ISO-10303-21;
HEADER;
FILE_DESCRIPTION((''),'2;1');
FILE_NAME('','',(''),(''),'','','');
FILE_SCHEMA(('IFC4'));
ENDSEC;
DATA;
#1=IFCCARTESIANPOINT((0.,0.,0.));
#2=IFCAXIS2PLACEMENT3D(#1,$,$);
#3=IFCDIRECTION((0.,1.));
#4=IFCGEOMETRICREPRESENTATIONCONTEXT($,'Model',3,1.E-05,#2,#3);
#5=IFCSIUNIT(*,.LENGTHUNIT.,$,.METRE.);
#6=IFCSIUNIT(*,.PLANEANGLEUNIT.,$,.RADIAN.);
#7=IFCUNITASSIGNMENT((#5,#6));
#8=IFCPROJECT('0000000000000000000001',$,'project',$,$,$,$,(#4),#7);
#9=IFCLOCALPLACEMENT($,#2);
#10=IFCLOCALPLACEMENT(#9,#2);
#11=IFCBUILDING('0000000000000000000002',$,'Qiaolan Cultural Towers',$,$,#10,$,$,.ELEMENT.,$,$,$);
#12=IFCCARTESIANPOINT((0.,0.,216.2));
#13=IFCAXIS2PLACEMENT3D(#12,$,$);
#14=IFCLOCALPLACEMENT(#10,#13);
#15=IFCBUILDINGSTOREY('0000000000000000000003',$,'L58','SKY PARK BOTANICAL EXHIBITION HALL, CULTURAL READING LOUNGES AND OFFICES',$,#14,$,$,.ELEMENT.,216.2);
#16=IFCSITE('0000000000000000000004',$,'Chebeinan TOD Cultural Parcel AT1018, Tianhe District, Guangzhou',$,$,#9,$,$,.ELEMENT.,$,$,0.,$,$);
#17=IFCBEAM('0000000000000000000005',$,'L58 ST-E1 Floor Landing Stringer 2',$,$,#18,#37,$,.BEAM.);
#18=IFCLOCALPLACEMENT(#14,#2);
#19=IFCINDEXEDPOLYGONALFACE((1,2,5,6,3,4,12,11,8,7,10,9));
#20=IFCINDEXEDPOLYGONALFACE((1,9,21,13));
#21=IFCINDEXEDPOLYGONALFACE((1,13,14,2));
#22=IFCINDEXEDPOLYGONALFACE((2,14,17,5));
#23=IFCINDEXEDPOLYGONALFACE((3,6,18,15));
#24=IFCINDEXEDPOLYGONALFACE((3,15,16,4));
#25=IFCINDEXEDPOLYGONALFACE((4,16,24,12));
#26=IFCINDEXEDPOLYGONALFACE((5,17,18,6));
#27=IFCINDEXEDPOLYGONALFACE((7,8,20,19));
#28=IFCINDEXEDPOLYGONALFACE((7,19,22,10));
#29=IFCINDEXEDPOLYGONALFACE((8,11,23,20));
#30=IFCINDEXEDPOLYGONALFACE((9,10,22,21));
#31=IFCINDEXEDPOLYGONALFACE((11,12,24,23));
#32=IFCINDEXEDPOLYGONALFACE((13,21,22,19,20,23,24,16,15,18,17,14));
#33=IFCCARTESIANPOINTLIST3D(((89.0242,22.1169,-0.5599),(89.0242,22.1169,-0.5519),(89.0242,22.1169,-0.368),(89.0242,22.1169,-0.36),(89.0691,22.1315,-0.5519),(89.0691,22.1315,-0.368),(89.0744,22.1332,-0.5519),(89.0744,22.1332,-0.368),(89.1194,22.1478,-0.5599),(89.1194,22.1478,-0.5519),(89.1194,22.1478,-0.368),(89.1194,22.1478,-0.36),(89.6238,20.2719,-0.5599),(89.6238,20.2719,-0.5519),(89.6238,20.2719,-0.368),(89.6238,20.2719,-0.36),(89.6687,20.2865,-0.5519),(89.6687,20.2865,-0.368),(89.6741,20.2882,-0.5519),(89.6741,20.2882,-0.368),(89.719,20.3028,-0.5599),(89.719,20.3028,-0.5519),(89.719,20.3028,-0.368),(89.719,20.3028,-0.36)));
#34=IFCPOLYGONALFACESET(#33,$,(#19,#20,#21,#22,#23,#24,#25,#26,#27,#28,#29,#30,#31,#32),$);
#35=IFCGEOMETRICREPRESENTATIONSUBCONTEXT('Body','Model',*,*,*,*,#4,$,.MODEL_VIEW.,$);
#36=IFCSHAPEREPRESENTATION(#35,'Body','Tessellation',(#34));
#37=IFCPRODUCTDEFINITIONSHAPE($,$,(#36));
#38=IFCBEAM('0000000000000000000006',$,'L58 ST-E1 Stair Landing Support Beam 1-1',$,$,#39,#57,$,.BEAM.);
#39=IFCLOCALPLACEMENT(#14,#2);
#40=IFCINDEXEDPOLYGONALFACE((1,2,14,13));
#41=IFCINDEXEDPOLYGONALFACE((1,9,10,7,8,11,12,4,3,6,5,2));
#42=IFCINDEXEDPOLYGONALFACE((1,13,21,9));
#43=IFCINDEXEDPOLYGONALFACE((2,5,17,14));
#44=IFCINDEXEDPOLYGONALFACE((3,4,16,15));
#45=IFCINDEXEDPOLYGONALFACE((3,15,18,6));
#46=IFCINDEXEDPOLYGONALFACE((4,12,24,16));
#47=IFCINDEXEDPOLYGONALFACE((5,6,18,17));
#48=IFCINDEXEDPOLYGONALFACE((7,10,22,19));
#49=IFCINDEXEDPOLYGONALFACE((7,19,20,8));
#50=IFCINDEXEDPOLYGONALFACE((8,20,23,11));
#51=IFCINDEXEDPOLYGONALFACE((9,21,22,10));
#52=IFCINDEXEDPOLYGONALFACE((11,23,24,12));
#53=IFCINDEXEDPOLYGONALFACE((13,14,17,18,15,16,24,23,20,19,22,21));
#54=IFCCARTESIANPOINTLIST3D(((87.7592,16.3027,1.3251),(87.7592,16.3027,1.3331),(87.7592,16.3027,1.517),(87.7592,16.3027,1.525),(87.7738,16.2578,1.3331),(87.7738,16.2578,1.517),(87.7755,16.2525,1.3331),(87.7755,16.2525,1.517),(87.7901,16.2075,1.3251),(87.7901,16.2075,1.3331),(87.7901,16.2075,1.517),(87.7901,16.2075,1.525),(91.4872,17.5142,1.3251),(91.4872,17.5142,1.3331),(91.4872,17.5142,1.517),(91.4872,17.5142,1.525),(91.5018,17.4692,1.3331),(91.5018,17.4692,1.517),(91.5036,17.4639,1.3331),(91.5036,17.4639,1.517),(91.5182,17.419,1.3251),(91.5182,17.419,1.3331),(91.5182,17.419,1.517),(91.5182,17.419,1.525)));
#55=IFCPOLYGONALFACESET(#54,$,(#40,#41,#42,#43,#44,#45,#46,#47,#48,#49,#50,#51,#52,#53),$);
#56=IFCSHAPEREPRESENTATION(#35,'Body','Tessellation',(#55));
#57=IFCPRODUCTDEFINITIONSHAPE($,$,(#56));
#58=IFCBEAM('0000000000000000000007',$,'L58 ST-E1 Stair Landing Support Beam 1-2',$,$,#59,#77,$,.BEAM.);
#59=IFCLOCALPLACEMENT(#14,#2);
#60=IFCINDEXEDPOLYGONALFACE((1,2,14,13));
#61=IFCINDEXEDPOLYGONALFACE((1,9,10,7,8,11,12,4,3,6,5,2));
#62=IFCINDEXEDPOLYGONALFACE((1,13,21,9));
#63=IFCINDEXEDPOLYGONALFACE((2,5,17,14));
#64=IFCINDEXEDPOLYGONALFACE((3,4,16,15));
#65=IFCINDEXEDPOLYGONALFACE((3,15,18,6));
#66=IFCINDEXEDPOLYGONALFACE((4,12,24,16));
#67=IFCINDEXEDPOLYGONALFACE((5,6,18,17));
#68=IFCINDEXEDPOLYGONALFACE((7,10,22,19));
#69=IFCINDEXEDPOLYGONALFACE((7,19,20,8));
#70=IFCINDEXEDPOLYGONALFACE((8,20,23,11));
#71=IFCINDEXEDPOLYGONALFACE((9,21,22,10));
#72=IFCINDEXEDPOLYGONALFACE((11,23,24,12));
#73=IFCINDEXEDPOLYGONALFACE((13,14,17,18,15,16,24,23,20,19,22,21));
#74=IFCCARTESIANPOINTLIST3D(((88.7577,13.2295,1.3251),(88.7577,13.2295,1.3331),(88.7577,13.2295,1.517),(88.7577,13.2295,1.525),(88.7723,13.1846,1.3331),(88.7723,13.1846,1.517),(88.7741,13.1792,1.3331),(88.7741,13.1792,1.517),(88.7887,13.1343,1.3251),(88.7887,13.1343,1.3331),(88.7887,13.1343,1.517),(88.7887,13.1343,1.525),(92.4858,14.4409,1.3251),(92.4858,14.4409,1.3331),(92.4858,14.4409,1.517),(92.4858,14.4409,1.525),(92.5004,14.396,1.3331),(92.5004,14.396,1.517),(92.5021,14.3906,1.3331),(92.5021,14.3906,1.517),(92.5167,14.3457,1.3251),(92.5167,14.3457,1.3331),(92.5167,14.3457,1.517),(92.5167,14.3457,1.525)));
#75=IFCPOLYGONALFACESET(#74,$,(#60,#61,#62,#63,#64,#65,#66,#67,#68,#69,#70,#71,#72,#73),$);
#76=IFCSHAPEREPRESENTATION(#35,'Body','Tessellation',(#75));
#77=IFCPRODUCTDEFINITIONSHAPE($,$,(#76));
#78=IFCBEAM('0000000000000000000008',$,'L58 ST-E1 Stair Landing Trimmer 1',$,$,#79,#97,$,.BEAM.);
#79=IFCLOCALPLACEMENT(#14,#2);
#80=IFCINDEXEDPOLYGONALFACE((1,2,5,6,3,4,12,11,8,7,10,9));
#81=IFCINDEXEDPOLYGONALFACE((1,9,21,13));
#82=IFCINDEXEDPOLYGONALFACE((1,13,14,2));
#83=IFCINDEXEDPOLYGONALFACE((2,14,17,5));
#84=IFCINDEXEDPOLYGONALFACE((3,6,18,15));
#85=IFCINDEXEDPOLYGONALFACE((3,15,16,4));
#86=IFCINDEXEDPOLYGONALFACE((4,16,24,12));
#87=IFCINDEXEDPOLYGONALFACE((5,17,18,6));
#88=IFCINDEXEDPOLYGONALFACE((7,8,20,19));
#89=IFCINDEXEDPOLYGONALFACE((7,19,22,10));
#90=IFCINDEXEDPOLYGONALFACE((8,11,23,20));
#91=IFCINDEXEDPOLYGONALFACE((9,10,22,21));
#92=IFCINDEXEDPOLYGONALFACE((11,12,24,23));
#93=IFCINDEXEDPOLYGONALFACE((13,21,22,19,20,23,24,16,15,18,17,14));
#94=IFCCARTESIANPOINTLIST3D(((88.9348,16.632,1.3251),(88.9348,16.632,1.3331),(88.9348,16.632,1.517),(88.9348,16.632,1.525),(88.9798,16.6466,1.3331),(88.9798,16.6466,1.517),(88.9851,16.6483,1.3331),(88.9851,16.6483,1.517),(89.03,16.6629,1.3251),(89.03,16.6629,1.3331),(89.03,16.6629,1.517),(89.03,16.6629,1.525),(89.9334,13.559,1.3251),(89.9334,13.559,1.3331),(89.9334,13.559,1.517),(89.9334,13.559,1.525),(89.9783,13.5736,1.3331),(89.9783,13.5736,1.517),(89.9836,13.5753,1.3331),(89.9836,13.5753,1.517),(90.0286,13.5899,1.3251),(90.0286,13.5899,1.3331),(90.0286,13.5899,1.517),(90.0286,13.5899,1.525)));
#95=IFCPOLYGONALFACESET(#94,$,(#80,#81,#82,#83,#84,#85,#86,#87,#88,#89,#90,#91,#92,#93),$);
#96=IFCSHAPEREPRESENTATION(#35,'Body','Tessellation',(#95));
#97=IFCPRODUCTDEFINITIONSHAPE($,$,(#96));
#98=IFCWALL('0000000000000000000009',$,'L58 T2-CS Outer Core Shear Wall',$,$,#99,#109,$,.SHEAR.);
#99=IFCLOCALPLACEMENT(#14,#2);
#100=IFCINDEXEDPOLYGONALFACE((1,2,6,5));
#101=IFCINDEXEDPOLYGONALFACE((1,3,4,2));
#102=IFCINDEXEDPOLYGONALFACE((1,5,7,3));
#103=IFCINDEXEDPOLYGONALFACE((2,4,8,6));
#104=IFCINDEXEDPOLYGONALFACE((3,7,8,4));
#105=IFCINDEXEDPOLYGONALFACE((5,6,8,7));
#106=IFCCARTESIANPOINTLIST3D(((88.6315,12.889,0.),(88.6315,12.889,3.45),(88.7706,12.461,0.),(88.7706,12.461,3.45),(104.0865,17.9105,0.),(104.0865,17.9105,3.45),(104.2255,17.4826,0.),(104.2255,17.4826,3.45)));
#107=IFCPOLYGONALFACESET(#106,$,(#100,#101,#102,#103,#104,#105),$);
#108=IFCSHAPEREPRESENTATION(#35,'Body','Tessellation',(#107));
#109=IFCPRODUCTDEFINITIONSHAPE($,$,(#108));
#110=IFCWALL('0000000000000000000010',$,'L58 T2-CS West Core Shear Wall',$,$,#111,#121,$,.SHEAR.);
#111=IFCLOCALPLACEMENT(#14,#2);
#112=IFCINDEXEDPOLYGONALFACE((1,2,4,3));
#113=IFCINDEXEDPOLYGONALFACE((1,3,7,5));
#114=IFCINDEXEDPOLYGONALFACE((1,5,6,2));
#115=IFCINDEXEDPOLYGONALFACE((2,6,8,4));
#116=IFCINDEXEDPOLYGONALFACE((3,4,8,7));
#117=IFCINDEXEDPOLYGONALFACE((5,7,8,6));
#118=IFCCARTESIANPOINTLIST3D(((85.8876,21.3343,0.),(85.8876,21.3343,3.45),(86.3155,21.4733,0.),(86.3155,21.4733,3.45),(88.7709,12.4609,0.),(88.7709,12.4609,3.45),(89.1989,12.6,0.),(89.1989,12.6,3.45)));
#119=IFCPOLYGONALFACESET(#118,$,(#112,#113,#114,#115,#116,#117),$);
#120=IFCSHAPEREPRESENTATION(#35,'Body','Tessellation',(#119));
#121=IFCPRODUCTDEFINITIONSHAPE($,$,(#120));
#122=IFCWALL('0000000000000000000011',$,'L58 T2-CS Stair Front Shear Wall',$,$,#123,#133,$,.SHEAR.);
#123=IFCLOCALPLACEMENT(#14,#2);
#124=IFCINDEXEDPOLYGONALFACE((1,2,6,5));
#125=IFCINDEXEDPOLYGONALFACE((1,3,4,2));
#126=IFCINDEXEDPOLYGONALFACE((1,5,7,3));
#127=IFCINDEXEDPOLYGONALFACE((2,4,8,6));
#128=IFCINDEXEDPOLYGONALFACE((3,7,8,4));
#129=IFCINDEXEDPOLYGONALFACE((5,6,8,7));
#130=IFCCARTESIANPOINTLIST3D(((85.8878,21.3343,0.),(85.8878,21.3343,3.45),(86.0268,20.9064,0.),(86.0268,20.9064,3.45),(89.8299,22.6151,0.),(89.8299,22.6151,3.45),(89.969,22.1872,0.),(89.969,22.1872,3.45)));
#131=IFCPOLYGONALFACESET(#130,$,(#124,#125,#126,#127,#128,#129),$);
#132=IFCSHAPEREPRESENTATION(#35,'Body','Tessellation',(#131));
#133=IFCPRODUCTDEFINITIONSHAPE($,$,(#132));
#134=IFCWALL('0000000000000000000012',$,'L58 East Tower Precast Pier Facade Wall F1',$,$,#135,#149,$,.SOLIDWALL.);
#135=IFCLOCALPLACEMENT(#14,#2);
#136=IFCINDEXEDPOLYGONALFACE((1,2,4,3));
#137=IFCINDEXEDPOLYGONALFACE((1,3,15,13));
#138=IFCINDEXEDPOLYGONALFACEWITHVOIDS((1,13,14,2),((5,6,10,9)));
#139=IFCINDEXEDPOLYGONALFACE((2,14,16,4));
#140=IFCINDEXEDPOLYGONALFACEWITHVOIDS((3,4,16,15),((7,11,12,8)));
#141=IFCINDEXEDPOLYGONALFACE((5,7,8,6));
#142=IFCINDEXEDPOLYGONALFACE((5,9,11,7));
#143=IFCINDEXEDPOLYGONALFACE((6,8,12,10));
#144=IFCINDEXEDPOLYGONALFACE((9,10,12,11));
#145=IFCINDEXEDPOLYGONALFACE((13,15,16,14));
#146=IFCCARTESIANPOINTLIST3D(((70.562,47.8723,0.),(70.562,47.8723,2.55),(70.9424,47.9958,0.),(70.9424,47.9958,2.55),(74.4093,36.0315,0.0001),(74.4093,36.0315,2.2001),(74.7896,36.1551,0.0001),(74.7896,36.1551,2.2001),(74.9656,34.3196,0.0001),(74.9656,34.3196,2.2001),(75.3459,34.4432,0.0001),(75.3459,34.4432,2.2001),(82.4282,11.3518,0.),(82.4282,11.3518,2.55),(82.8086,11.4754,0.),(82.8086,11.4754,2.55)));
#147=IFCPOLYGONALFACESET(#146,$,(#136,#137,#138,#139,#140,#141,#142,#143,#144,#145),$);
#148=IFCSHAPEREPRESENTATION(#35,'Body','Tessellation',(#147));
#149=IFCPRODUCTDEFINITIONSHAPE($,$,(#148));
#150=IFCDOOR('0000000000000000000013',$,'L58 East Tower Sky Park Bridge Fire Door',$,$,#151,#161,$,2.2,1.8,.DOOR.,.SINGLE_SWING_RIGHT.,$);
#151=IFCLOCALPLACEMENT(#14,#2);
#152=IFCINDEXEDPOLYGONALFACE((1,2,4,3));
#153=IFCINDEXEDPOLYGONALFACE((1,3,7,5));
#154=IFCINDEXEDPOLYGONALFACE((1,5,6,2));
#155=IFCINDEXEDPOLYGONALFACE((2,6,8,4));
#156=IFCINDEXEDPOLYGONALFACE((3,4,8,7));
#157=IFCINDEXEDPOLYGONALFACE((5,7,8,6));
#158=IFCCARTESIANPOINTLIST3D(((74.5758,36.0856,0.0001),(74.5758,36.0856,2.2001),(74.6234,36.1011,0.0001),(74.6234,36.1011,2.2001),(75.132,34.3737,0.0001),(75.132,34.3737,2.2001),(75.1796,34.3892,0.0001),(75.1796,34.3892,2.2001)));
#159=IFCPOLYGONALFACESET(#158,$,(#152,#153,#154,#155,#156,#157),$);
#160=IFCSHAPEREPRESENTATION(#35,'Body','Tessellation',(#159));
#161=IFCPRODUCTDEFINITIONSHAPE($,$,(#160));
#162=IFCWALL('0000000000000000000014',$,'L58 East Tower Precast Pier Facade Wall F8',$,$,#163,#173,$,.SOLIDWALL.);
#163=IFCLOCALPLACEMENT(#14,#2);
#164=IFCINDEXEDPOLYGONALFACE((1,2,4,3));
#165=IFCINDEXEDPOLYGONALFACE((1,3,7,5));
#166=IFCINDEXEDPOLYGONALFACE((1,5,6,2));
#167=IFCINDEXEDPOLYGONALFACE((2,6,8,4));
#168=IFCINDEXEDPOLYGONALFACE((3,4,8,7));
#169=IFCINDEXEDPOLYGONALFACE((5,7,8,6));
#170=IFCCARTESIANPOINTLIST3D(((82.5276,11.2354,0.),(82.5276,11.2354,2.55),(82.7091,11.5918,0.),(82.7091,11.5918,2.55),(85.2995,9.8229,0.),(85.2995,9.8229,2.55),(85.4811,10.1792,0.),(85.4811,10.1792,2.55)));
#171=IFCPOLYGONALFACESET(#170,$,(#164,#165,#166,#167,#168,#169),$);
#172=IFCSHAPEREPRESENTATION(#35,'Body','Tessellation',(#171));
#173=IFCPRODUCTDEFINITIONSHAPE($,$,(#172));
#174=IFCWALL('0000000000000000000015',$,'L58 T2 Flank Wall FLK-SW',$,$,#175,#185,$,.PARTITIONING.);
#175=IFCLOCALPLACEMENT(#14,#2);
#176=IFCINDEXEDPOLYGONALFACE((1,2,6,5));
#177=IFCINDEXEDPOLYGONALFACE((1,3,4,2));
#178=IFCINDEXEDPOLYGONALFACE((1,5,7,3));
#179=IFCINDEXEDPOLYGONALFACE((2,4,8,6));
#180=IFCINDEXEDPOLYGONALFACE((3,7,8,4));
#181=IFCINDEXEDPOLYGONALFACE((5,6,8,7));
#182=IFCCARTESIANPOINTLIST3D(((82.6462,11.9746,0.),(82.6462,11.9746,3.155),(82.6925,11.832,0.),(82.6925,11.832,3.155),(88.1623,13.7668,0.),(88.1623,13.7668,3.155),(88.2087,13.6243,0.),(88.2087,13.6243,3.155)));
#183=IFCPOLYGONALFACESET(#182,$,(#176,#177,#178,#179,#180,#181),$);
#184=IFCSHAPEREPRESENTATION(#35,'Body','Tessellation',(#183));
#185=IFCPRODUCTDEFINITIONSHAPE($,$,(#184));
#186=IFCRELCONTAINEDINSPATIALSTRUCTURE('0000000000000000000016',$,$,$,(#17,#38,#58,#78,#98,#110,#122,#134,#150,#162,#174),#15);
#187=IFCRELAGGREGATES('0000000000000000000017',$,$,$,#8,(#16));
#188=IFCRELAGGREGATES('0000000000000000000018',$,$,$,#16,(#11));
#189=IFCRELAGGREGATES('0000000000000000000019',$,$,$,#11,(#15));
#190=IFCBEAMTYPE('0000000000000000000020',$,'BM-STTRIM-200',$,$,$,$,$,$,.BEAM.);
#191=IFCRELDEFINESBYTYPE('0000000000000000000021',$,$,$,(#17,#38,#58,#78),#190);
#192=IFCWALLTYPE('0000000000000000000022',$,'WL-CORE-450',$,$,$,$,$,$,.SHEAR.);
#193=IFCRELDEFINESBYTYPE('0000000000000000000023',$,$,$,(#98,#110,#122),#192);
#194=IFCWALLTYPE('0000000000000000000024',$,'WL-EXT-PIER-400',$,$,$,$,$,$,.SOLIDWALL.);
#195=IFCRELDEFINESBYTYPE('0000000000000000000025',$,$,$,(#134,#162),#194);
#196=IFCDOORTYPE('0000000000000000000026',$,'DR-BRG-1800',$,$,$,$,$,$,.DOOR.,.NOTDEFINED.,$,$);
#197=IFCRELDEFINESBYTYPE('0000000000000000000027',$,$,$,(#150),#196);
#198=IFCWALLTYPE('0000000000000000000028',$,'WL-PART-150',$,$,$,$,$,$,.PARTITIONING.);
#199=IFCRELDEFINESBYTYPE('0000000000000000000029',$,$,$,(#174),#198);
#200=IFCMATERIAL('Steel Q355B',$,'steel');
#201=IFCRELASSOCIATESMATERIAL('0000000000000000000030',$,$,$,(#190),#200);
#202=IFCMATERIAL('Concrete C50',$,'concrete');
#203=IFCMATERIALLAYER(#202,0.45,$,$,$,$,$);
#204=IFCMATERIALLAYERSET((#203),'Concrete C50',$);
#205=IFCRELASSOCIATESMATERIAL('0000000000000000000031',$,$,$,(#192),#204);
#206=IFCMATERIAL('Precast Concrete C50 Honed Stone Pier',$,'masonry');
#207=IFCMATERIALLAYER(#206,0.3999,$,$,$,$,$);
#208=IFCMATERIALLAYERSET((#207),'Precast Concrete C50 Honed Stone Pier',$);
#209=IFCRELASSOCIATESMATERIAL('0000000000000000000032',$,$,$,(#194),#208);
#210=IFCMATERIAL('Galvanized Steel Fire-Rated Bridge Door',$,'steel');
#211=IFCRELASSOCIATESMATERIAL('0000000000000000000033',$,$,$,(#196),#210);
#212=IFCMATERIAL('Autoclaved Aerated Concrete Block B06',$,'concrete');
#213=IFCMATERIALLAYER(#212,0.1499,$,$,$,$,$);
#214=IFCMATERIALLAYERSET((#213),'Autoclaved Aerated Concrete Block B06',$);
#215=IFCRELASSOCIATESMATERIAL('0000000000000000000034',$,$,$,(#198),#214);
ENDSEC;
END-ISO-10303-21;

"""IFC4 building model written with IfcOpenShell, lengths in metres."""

from ifc_helpers import new_model, si_unit, direction, frame, frame_2d, origin, origin_2d, place, context, subcontext, project, spatial, rectangle, i_section, extrude, material, layer, layer_set, material_profile, profile_set, type_object, element, fill, save


model = new_model("IFC4")

# Units and contexts
model_context = context("Model", 3, precision=1e-05, world=origin(), true_north=direction((0.0, 1.0)))
body_context = subcontext(model_context, "Body", "Model", "MODEL_VIEW")
ifc_project = project(units=[si_unit("LENGTHUNIT", "METRE"), si_unit("PLANEANGLEUNIT", "RADIAN")], contexts=[model_context])

# Site, building, storey
site_placement = place(None, origin())
site = spatial("IfcSite", under=ifc_project, at=site_placement, Name="Chebeinan TOD Cultural Parcel AT1018, Tianhe District, Guangzhou", CompositionType="ELEMENT", RefElevation=0.0)
building_placement = place(site_placement, origin())
building = spatial("IfcBuilding", under=site, at=building_placement, Name="Qiaolan Cultural Towers", CompositionType="ELEMENT")
storey_placement = place(building_placement, frame((0.0, 0.0, 216.2)))
storey = spatial("IfcBuildingStorey", under=building, at=storey_placement, Name="L58", Description="SKY PARK BOTANICAL EXHIBITION HALL, CULTURAL READING LOUNGES AND OFFICES", CompositionType="ELEMENT", Elevation=216.2)

# Beams
ifc_material_1 = material(Name="Steel Q355B", Category="steel")
ifc_material_profile_1 = material_profile(ifc_material_1, i_section(OverallWidth=0.1001, OverallDepth=0.2, WebThickness=0.0056, FlangeThickness=0.0081, at=origin_2d()), Name="HN200x100x5.5x8")
ifc_profile_set_1 = profile_set([ifc_material_profile_1], Name="Steel Q355B")
beam_type_1 = type_object("IfcBeamType", Name="BM-STTRIM-200", PredefinedType="BEAM", material=ifc_profile_set_1)
for number, where, z_axis, x_axis, name in (
    (1, (89.0718, 22.1323, -0.46), (0.309083, -0.951035, 0.0), (0.951035, 0.309083, 0.0), "L58 ST-E1 Floor Landing Stringer 2"),
):
    element("IfcBeam", number, at=place(storey_placement, frame(where, z_axis=z_axis, x_axis=x_axis)), inside=storey, type_object=beam_type_1, Name=name, PredefinedType="BEAM", context=body_context, shape_type="SweptSolid", body=[
        extrude(i_section(OverallWidth=0.1001, OverallDepth=0.2, WebThickness=0.0056, FlangeThickness=0.0081, at=origin_2d()), origin(), (0.0, 0.0, 1.0), 1.9399),
    ])
for number, where, z_axis, x_axis, name in (
    (2, (87.7747, 16.2551, 1.425), (0.951048, 0.309044, 0.0), (-0.309044, 0.951048, 0.0), "L58 ST-E1 Stair Landing Support Beam 1-1"),
    (3, (88.7732, 13.1819, 1.425), (0.951048, 0.309044, 0.0), (-0.309044, 0.951048, 0.0), "L58 ST-E1 Stair Landing Support Beam 1-2"),
):
    element("IfcBeam", number, at=place(storey_placement, frame(where, z_axis=z_axis, x_axis=x_axis)), inside=storey, type_object=beam_type_1, Name=name, PredefinedType="BEAM", context=body_context, shape_type="SweptSolid", body=[
        extrude(i_section(OverallWidth=0.1001, OverallDepth=0.2, WebThickness=0.0056, FlangeThickness=0.0081, at=origin_2d()), origin(), (0.0, 0.0, 1.0), 3.9199),
    ])
beam_1_placement = place(storey_placement, frame((88.9824, 16.6475, 1.425), z_axis=(0.309033, -0.951051, 0.0), x_axis=(0.951051, 0.309033, 0.0)))
element("IfcBeam", 4, at=beam_1_placement, inside=storey, type_object=beam_type_1, Name="L58 ST-E1 Stair Landing Trimmer 1", PredefinedType="BEAM", context=body_context, shape_type="SweptSolid", body=[
    extrude(i_section(OverallWidth=0.1001, OverallDepth=0.2, WebThickness=0.0056, FlangeThickness=0.0081, at=origin_2d()), origin(), (0.0, 0.0, 1.0), 3.2312),
])

# Walls
ifc_material_2 = material(Name="Concrete C50", Category="concrete")
ifc_layer_1 = layer(ifc_material_2, 0.45)
ifc_layer_set_1 = layer_set([ifc_layer_1], Name="Concrete C50")
wall_type_1 = type_object("IfcWallType", Name="WL-CORE-450", PredefinedType="SHEAR", material=ifc_layer_set_1)
wall_1_placement = place(storey_placement, frame((88.7012, 12.675, 0.0), z_axis=(0.0, 0.0, 1.0), x_axis=(0.951058, 0.309012, 0.0)))
element("IfcWall", 5, at=wall_1_placement, inside=storey, type_object=wall_type_1, Name="L58 T2-CS Outer Core Shear Wall", PredefinedType="SHEAR", context=body_context, shape_type="SweptSolid", body=[
    extrude(rectangle(XDim=16.2502, YDim=0.45, at=frame_2d((8.125, 0.0))), origin(), (0.0, 0.0, 1.0), 3.45),
])
wall_2_placement = place(storey_placement, frame((86.1016, 21.4038, 0.0), z_axis=(0.0, 0.0, 1.0), x_axis=(0.309036, -0.95105, 0.0)))
element("IfcWall", 6, at=wall_2_placement, inside=storey, type_object=wall_type_1, Name="L58 T2-CS West Core Shear Wall", PredefinedType="SHEAR", context=body_context, shape_type="SweptSolid", body=[
    extrude(rectangle(XDim=9.3301, YDim=0.45, at=frame_2d((4.665, 0.0))), origin(), (0.0, 0.0, 1.0), 3.45),
])
wall_3_placement = place(storey_placement, frame((85.9573, 21.1204, 0.0), z_axis=(0.0, 0.0, 1.0), x_axis=(0.951065, 0.308992, 0.0)))
element("IfcWall", 7, at=wall_3_placement, inside=storey, type_object=wall_type_1, Name="L58 T2-CS Stair Front Shear Wall", PredefinedType="SHEAR", context=body_context, shape_type="SweptSolid", body=[
    extrude(rectangle(XDim=4.145, YDim=0.45, at=frame_2d((2.0725, 0.0))), origin(), (0.0, 0.0, 1.0), 3.45),
])

# Wall, opening, door
ifc_material_3 = material(Name="Precast Concrete C50 Honed Stone Pier", Category="masonry")
ifc_layer_2 = layer(ifc_material_3, 0.3999)
ifc_layer_set_2 = layer_set([ifc_layer_2], Name="Precast Concrete C50 Honed Stone Pier")
wall_type_2 = type_object("IfcWallType", Name="WL-EXT-PIER-400", PredefinedType="SOLIDWALL", material=ifc_layer_set_2)
wall_4_placement = place(storey_placement, frame((82.6184, 11.4136, 0.0), z_axis=(0.0, 0.0, 1.0), x_axis=(-0.309016, 0.951057, 0.0)))
wall_4 = element("IfcWall", 8, at=wall_4_placement, inside=storey, type_object=wall_type_2, Name="L58 East Tower Precast Pier Facade Wall F1", PredefinedType="SOLIDWALL", context=body_context, shape_type="SweptSolid", body=[
    extrude(rectangle(XDim=38.3999, YDim=0.3999, at=frame_2d((19.2, 0.0))), origin(), (0.0, 0.0, 1.0), 2.55),
])
opening_placement = place(wall_4_placement, frame((24.1499, 0.0, 0.0)))
opening = element("IfcOpeningElement", 9, at=opening_placement, cuts=wall_4, PredefinedType="OPENING", context=body_context, shape_type="SweptSolid", body=[
    extrude(rectangle(XDim=1.8, YDim=2.2, at=frame_2d((0.8999, 1.1001))), frame((0.0, 0.21, 0.0), z_axis=(0.0, -1.0, 0.0), x_axis=(1.0, 0.0, 0.0)), (0.0, 0.0, 1.0), 0.4199),
])
ifc_material_4 = material(Name="Galvanized Steel Fire-Rated Bridge Door", Category="steel")
door_type = type_object("IfcDoorType", Name="DR-BRG-1800", OperationType="NOTDEFINED", PredefinedType="DOOR", material=ifc_material_4)
door_placement = place(opening_placement, origin())
door = element("IfcDoor", 10, at=door_placement, inside=storey, type_object=door_type, Name="L58 East Tower Sky Park Bridge Fire Door", OperationType="SINGLE_SWING_RIGHT", OverallHeight=2.2, OverallWidth=1.8, PredefinedType="DOOR", context=body_context, shape_type="SweptSolid", body=[
    extrude(rectangle(XDim=1.8, YDim=2.2, at=frame_2d((0.8999, 1.1001))), frame((0.0, 0.0249, 0.0), z_axis=(0.0, -1.0, 0.0), x_axis=(1.0, 0.0, 0.0)), (0.0, 0.0, 1.0), 0.05),
])
fill(opening, door)

# Walls
wall_5_placement = place(storey_placement, frame((85.3904, 10.001, 0.0), z_axis=(0.0, 0.0, 1.0), x_axis=(-0.89098, 0.454043, 0.0)))
element("IfcWall", 11, at=wall_5_placement, inside=storey, type_object=wall_type_2, Name="L58 East Tower Precast Pier Facade Wall F8", PredefinedType="SOLIDWALL", context=body_context, shape_type="SweptSolid", body=[
    extrude(rectangle(XDim=3.1111, YDim=0.3999, at=frame_2d((1.5557, 0.0))), origin(), (0.0, 0.0, 1.0), 2.55),
])
ifc_material_5 = material(Name="Autoclaved Aerated Concrete Block B06", Category="concrete")
ifc_layer_3 = layer(ifc_material_5, 0.1499)
ifc_layer_set_3 = layer_set([ifc_layer_3], Name="Autoclaved Aerated Concrete Block B06")
wall_type_3 = type_object("IfcWallType", Name="WL-PART-150", PredefinedType="PARTITIONING", material=ifc_layer_set_3)
wall_6_placement = place(storey_placement, frame((82.6694, 11.9033, 0.0), z_axis=(0.0, 0.0, 1.0), x_axis=(0.951059, 0.309008, 0.0)))
element("IfcWall", 12, at=wall_6_placement, inside=storey, type_object=wall_type_3, Name="L58 T2 Flank Wall FLK-SW", PredefinedType="PARTITIONING", context=body_context, shape_type="SweptSolid", body=[
    extrude(rectangle(XDim=5.8, YDim=0.1499, at=frame_2d((2.8999, 0.0))), origin(), (0.0, 0.0, 1.0), 3.155),
])

save(model, "model.ifc")
